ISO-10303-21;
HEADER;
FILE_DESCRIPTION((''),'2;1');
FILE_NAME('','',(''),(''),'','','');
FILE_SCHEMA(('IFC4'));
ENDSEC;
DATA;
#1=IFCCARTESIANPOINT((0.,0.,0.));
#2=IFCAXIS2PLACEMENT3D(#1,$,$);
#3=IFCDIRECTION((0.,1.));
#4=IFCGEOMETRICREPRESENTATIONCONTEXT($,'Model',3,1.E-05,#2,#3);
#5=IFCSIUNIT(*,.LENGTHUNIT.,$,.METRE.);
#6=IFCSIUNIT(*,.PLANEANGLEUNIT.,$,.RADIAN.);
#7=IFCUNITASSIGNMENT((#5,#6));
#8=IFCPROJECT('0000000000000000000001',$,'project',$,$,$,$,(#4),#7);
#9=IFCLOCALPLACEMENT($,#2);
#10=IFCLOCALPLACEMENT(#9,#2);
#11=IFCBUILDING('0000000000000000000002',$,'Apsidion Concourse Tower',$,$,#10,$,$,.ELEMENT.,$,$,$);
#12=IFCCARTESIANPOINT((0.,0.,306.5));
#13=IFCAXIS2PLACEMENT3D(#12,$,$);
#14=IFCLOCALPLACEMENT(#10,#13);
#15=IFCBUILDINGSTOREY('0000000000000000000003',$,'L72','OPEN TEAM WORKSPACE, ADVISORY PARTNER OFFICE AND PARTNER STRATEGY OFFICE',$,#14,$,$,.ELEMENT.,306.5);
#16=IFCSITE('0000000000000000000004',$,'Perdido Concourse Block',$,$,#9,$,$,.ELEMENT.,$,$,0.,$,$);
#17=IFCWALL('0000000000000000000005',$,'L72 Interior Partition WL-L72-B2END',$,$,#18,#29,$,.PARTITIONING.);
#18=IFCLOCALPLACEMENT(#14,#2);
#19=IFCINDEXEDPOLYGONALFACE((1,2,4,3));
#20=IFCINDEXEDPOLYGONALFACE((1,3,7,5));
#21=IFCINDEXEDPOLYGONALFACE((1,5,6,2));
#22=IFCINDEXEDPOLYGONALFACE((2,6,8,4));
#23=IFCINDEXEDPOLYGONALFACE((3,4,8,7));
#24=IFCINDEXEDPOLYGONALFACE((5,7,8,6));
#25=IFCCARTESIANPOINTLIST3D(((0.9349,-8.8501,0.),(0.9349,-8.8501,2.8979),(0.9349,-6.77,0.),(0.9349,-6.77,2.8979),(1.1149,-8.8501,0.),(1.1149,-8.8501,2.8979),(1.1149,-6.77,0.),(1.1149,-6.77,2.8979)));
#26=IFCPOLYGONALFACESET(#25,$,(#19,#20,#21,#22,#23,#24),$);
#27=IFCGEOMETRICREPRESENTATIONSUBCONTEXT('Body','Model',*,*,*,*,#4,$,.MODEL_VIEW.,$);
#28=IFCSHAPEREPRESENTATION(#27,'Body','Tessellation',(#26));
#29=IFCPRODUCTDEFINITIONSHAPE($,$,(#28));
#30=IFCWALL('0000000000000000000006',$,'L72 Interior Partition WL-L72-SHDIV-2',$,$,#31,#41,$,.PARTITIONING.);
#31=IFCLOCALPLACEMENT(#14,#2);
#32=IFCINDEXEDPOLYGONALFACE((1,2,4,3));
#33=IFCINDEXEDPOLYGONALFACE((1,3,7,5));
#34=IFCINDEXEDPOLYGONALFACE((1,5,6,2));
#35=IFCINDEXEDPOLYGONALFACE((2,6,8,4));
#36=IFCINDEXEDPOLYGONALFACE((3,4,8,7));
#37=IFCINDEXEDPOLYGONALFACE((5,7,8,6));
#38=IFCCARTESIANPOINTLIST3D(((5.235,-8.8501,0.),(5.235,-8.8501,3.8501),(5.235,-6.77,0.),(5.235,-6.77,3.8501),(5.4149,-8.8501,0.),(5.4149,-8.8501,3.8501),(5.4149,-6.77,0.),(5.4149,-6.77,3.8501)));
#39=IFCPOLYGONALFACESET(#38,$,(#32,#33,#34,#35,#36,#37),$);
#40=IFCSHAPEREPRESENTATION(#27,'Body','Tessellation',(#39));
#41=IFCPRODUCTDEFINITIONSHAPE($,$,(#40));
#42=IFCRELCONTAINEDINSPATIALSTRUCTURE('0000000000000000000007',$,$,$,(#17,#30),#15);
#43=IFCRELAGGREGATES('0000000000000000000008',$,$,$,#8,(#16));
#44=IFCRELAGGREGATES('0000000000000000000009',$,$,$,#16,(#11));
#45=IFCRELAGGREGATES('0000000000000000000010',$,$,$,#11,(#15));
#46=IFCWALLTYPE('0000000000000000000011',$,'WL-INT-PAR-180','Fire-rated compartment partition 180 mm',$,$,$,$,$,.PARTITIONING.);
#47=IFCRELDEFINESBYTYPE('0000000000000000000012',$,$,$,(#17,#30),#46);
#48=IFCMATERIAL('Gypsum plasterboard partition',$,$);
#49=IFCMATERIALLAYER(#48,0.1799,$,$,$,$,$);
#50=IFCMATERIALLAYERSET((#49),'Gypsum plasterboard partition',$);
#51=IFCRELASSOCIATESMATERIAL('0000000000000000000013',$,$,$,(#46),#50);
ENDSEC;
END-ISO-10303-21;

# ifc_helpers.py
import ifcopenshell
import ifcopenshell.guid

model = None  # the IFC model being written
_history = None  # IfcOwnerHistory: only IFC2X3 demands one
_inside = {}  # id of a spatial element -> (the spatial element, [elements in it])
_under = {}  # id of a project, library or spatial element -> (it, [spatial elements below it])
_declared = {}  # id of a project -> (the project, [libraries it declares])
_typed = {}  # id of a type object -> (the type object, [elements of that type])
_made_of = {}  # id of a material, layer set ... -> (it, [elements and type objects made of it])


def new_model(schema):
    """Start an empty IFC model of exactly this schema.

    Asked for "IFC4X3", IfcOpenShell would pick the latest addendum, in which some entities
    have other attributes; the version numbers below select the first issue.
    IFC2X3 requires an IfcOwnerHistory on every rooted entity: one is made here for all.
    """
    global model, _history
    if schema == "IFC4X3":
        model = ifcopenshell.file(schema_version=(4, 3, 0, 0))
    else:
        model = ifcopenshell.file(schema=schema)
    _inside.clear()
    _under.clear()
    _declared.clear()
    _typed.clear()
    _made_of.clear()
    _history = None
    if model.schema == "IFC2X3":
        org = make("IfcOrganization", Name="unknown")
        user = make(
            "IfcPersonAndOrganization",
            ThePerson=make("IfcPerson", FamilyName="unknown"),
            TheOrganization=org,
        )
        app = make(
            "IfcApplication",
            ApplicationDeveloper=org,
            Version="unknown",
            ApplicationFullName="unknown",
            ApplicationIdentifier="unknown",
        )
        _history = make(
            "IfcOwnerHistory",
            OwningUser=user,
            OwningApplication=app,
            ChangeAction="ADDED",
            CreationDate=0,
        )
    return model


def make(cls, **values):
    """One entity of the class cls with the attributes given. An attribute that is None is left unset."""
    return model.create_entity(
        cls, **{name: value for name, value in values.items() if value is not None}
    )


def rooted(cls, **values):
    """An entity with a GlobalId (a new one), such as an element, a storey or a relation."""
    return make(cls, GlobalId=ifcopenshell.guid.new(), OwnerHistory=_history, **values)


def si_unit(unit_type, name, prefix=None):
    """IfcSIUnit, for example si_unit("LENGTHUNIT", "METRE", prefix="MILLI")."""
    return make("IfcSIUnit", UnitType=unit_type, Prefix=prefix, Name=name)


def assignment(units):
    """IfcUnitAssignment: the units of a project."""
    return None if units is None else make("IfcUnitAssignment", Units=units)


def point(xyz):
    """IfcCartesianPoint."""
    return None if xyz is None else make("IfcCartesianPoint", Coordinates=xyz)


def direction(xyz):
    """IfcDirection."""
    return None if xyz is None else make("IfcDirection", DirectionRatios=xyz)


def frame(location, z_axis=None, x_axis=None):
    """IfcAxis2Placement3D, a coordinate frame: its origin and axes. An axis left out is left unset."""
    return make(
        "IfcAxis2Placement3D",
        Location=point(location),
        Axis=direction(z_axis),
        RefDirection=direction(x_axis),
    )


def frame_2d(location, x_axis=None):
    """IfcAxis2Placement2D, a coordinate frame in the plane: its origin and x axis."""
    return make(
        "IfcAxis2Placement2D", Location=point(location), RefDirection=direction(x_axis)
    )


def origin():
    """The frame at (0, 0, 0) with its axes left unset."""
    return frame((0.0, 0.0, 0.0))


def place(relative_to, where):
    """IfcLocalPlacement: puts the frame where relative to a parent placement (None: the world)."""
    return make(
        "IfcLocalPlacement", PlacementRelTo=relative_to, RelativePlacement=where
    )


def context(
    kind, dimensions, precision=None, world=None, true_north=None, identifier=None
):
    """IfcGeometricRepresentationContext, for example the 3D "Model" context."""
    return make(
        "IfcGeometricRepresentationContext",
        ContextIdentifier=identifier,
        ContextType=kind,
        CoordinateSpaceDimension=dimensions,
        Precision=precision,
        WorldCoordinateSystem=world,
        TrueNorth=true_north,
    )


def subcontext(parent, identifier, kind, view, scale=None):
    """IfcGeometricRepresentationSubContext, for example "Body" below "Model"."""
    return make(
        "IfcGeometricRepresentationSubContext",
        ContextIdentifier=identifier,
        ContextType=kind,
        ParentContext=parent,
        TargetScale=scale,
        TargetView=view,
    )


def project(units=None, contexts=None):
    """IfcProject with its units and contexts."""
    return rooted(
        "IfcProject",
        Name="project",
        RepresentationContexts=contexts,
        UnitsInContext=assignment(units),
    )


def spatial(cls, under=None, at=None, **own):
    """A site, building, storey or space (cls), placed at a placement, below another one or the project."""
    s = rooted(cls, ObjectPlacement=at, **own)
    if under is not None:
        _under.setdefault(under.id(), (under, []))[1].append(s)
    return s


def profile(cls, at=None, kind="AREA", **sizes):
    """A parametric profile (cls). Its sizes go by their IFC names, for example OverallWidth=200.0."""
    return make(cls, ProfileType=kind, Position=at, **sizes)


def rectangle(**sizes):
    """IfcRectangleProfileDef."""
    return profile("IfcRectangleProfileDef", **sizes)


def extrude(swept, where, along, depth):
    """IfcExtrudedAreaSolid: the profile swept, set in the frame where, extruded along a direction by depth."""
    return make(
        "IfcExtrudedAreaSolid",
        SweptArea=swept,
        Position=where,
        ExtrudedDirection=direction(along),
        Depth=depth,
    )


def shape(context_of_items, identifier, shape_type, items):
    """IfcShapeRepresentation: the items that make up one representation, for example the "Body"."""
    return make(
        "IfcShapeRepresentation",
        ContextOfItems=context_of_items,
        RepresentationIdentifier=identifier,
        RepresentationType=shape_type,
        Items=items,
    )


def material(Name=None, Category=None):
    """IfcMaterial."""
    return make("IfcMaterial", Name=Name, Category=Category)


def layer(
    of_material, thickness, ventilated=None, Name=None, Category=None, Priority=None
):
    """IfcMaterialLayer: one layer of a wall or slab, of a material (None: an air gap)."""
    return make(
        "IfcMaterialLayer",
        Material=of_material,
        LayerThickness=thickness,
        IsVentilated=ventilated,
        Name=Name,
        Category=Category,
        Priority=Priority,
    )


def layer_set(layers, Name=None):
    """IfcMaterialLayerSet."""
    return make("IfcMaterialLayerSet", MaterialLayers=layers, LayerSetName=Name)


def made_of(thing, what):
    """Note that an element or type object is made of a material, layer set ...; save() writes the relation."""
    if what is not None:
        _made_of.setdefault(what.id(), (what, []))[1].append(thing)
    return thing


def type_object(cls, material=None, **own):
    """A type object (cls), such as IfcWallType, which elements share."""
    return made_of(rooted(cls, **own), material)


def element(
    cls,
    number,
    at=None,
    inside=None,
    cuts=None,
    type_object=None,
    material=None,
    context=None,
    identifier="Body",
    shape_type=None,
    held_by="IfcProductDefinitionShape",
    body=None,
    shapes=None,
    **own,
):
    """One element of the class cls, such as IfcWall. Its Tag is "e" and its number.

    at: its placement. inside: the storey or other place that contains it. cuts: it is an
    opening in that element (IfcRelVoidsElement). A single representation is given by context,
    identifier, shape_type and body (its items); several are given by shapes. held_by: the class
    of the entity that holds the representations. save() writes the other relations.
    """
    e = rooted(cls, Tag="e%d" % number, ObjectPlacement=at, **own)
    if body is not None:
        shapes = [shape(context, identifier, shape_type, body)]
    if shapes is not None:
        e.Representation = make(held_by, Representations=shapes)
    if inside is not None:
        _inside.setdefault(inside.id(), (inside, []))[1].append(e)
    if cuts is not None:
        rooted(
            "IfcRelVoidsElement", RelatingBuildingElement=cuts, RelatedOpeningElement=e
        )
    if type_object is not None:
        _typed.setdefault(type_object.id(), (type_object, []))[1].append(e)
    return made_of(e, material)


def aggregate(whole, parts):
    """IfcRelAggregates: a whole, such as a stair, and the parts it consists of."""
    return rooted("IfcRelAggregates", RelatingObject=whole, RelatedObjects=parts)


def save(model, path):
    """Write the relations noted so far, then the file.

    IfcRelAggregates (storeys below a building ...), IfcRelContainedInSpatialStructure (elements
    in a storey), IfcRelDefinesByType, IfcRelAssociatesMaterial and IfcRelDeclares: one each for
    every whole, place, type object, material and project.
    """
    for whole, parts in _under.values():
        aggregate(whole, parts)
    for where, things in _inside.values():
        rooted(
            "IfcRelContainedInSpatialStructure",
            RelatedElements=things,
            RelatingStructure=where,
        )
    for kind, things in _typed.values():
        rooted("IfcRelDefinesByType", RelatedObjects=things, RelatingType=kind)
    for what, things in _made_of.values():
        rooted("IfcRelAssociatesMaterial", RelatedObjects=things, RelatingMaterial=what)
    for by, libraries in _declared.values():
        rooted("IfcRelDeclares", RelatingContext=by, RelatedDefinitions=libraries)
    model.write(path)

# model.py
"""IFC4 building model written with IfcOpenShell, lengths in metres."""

from ifc_helpers import new_model, si_unit, direction, frame, frame_2d, origin, place, context, subcontext, project, spatial, rectangle, extrude, material, layer, layer_set, type_object, element, save


model = new_model("IFC4")

# Units and contexts
model_context = context("Model", 3, precision=1e-05, world=origin(), true_north=direction((0.0, 1.0)))
body_context = subcontext(model_context, "Body", "Model", "MODEL_VIEW")
ifc_project = project(units=[si_unit("LENGTHUNIT", "METRE"), si_unit("PLANEANGLEUNIT", "RADIAN")], contexts=[model_context])

# Site, building, storey
site_placement = place(None, origin())
site = spatial("IfcSite", under=ifc_project, at=site_placement, Name="Perdido Concourse Block", CompositionType="ELEMENT", RefElevation=0.0)
building_placement = place(site_placement, origin())
building = spatial("IfcBuilding", under=site, at=building_placement, Name="Apsidion Concourse Tower", CompositionType="ELEMENT")
storey_placement = place(building_placement, frame((0.0, 0.0, 306.5)))
storey = spatial("IfcBuildingStorey", under=building, at=storey_placement, Name="L72", Description="OPEN TEAM WORKSPACE, ADVISORY PARTNER OFFICE AND PARTNER STRATEGY OFFICE", CompositionType="ELEMENT", Elevation=306.5)

# Shared definitions
ifc_material_1 = material(Name="Gypsum plasterboard partition")

# Walls
ifc_layer_1 = layer(ifc_material_1, 0.1799)
ifc_layer_set_1 = layer_set([ifc_layer_1], Name="Gypsum plasterboard partition")
wall_type_1 = type_object("IfcWallType", Name="WL-INT-PAR-180", Description="Fire-rated compartment partition 180 mm", PredefinedType="PARTITIONING", material=ifc_layer_set_1)
wall_1_placement = place(storey_placement, frame((1.0249, -8.8501, 0.0), z_axis=(0.0, 0.0, 1.0), x_axis=(0.0, 1.0, 0.0)))
element("IfcWall", 1, at=wall_1_placement, inside=storey, type_object=wall_type_1, Name="L72 Interior Partition WL-L72-B2END", PredefinedType="PARTITIONING", context=body_context, shape_type="SweptSolid", body=[
    extrude(rectangle(XDim=2.0801, YDim=0.1799, at=frame_2d((1.04, 0.0))), origin(), (0.0, 0.0, 1.0), 2.8979),
])
wall_2_placement = place(storey_placement, frame((5.325, -8.8501, 0.0), z_axis=(0.0, 0.0, 1.0), x_axis=(0.0, 1.0, 0.0)))
element("IfcWall", 2, at=wall_2_placement, inside=storey, type_object=wall_type_1, Name="L72 Interior Partition WL-L72-SHDIV-2", PredefinedType="PARTITIONING", context=body_context, shape_type="SweptSolid", body=[
    extrude(rectangle(XDim=2.0801, YDim=0.1799, at=frame_2d((1.04, 0.0))), origin(), (0.0, 0.0, 1.0), 3.8501),
])

save(model, "model.ifc")
